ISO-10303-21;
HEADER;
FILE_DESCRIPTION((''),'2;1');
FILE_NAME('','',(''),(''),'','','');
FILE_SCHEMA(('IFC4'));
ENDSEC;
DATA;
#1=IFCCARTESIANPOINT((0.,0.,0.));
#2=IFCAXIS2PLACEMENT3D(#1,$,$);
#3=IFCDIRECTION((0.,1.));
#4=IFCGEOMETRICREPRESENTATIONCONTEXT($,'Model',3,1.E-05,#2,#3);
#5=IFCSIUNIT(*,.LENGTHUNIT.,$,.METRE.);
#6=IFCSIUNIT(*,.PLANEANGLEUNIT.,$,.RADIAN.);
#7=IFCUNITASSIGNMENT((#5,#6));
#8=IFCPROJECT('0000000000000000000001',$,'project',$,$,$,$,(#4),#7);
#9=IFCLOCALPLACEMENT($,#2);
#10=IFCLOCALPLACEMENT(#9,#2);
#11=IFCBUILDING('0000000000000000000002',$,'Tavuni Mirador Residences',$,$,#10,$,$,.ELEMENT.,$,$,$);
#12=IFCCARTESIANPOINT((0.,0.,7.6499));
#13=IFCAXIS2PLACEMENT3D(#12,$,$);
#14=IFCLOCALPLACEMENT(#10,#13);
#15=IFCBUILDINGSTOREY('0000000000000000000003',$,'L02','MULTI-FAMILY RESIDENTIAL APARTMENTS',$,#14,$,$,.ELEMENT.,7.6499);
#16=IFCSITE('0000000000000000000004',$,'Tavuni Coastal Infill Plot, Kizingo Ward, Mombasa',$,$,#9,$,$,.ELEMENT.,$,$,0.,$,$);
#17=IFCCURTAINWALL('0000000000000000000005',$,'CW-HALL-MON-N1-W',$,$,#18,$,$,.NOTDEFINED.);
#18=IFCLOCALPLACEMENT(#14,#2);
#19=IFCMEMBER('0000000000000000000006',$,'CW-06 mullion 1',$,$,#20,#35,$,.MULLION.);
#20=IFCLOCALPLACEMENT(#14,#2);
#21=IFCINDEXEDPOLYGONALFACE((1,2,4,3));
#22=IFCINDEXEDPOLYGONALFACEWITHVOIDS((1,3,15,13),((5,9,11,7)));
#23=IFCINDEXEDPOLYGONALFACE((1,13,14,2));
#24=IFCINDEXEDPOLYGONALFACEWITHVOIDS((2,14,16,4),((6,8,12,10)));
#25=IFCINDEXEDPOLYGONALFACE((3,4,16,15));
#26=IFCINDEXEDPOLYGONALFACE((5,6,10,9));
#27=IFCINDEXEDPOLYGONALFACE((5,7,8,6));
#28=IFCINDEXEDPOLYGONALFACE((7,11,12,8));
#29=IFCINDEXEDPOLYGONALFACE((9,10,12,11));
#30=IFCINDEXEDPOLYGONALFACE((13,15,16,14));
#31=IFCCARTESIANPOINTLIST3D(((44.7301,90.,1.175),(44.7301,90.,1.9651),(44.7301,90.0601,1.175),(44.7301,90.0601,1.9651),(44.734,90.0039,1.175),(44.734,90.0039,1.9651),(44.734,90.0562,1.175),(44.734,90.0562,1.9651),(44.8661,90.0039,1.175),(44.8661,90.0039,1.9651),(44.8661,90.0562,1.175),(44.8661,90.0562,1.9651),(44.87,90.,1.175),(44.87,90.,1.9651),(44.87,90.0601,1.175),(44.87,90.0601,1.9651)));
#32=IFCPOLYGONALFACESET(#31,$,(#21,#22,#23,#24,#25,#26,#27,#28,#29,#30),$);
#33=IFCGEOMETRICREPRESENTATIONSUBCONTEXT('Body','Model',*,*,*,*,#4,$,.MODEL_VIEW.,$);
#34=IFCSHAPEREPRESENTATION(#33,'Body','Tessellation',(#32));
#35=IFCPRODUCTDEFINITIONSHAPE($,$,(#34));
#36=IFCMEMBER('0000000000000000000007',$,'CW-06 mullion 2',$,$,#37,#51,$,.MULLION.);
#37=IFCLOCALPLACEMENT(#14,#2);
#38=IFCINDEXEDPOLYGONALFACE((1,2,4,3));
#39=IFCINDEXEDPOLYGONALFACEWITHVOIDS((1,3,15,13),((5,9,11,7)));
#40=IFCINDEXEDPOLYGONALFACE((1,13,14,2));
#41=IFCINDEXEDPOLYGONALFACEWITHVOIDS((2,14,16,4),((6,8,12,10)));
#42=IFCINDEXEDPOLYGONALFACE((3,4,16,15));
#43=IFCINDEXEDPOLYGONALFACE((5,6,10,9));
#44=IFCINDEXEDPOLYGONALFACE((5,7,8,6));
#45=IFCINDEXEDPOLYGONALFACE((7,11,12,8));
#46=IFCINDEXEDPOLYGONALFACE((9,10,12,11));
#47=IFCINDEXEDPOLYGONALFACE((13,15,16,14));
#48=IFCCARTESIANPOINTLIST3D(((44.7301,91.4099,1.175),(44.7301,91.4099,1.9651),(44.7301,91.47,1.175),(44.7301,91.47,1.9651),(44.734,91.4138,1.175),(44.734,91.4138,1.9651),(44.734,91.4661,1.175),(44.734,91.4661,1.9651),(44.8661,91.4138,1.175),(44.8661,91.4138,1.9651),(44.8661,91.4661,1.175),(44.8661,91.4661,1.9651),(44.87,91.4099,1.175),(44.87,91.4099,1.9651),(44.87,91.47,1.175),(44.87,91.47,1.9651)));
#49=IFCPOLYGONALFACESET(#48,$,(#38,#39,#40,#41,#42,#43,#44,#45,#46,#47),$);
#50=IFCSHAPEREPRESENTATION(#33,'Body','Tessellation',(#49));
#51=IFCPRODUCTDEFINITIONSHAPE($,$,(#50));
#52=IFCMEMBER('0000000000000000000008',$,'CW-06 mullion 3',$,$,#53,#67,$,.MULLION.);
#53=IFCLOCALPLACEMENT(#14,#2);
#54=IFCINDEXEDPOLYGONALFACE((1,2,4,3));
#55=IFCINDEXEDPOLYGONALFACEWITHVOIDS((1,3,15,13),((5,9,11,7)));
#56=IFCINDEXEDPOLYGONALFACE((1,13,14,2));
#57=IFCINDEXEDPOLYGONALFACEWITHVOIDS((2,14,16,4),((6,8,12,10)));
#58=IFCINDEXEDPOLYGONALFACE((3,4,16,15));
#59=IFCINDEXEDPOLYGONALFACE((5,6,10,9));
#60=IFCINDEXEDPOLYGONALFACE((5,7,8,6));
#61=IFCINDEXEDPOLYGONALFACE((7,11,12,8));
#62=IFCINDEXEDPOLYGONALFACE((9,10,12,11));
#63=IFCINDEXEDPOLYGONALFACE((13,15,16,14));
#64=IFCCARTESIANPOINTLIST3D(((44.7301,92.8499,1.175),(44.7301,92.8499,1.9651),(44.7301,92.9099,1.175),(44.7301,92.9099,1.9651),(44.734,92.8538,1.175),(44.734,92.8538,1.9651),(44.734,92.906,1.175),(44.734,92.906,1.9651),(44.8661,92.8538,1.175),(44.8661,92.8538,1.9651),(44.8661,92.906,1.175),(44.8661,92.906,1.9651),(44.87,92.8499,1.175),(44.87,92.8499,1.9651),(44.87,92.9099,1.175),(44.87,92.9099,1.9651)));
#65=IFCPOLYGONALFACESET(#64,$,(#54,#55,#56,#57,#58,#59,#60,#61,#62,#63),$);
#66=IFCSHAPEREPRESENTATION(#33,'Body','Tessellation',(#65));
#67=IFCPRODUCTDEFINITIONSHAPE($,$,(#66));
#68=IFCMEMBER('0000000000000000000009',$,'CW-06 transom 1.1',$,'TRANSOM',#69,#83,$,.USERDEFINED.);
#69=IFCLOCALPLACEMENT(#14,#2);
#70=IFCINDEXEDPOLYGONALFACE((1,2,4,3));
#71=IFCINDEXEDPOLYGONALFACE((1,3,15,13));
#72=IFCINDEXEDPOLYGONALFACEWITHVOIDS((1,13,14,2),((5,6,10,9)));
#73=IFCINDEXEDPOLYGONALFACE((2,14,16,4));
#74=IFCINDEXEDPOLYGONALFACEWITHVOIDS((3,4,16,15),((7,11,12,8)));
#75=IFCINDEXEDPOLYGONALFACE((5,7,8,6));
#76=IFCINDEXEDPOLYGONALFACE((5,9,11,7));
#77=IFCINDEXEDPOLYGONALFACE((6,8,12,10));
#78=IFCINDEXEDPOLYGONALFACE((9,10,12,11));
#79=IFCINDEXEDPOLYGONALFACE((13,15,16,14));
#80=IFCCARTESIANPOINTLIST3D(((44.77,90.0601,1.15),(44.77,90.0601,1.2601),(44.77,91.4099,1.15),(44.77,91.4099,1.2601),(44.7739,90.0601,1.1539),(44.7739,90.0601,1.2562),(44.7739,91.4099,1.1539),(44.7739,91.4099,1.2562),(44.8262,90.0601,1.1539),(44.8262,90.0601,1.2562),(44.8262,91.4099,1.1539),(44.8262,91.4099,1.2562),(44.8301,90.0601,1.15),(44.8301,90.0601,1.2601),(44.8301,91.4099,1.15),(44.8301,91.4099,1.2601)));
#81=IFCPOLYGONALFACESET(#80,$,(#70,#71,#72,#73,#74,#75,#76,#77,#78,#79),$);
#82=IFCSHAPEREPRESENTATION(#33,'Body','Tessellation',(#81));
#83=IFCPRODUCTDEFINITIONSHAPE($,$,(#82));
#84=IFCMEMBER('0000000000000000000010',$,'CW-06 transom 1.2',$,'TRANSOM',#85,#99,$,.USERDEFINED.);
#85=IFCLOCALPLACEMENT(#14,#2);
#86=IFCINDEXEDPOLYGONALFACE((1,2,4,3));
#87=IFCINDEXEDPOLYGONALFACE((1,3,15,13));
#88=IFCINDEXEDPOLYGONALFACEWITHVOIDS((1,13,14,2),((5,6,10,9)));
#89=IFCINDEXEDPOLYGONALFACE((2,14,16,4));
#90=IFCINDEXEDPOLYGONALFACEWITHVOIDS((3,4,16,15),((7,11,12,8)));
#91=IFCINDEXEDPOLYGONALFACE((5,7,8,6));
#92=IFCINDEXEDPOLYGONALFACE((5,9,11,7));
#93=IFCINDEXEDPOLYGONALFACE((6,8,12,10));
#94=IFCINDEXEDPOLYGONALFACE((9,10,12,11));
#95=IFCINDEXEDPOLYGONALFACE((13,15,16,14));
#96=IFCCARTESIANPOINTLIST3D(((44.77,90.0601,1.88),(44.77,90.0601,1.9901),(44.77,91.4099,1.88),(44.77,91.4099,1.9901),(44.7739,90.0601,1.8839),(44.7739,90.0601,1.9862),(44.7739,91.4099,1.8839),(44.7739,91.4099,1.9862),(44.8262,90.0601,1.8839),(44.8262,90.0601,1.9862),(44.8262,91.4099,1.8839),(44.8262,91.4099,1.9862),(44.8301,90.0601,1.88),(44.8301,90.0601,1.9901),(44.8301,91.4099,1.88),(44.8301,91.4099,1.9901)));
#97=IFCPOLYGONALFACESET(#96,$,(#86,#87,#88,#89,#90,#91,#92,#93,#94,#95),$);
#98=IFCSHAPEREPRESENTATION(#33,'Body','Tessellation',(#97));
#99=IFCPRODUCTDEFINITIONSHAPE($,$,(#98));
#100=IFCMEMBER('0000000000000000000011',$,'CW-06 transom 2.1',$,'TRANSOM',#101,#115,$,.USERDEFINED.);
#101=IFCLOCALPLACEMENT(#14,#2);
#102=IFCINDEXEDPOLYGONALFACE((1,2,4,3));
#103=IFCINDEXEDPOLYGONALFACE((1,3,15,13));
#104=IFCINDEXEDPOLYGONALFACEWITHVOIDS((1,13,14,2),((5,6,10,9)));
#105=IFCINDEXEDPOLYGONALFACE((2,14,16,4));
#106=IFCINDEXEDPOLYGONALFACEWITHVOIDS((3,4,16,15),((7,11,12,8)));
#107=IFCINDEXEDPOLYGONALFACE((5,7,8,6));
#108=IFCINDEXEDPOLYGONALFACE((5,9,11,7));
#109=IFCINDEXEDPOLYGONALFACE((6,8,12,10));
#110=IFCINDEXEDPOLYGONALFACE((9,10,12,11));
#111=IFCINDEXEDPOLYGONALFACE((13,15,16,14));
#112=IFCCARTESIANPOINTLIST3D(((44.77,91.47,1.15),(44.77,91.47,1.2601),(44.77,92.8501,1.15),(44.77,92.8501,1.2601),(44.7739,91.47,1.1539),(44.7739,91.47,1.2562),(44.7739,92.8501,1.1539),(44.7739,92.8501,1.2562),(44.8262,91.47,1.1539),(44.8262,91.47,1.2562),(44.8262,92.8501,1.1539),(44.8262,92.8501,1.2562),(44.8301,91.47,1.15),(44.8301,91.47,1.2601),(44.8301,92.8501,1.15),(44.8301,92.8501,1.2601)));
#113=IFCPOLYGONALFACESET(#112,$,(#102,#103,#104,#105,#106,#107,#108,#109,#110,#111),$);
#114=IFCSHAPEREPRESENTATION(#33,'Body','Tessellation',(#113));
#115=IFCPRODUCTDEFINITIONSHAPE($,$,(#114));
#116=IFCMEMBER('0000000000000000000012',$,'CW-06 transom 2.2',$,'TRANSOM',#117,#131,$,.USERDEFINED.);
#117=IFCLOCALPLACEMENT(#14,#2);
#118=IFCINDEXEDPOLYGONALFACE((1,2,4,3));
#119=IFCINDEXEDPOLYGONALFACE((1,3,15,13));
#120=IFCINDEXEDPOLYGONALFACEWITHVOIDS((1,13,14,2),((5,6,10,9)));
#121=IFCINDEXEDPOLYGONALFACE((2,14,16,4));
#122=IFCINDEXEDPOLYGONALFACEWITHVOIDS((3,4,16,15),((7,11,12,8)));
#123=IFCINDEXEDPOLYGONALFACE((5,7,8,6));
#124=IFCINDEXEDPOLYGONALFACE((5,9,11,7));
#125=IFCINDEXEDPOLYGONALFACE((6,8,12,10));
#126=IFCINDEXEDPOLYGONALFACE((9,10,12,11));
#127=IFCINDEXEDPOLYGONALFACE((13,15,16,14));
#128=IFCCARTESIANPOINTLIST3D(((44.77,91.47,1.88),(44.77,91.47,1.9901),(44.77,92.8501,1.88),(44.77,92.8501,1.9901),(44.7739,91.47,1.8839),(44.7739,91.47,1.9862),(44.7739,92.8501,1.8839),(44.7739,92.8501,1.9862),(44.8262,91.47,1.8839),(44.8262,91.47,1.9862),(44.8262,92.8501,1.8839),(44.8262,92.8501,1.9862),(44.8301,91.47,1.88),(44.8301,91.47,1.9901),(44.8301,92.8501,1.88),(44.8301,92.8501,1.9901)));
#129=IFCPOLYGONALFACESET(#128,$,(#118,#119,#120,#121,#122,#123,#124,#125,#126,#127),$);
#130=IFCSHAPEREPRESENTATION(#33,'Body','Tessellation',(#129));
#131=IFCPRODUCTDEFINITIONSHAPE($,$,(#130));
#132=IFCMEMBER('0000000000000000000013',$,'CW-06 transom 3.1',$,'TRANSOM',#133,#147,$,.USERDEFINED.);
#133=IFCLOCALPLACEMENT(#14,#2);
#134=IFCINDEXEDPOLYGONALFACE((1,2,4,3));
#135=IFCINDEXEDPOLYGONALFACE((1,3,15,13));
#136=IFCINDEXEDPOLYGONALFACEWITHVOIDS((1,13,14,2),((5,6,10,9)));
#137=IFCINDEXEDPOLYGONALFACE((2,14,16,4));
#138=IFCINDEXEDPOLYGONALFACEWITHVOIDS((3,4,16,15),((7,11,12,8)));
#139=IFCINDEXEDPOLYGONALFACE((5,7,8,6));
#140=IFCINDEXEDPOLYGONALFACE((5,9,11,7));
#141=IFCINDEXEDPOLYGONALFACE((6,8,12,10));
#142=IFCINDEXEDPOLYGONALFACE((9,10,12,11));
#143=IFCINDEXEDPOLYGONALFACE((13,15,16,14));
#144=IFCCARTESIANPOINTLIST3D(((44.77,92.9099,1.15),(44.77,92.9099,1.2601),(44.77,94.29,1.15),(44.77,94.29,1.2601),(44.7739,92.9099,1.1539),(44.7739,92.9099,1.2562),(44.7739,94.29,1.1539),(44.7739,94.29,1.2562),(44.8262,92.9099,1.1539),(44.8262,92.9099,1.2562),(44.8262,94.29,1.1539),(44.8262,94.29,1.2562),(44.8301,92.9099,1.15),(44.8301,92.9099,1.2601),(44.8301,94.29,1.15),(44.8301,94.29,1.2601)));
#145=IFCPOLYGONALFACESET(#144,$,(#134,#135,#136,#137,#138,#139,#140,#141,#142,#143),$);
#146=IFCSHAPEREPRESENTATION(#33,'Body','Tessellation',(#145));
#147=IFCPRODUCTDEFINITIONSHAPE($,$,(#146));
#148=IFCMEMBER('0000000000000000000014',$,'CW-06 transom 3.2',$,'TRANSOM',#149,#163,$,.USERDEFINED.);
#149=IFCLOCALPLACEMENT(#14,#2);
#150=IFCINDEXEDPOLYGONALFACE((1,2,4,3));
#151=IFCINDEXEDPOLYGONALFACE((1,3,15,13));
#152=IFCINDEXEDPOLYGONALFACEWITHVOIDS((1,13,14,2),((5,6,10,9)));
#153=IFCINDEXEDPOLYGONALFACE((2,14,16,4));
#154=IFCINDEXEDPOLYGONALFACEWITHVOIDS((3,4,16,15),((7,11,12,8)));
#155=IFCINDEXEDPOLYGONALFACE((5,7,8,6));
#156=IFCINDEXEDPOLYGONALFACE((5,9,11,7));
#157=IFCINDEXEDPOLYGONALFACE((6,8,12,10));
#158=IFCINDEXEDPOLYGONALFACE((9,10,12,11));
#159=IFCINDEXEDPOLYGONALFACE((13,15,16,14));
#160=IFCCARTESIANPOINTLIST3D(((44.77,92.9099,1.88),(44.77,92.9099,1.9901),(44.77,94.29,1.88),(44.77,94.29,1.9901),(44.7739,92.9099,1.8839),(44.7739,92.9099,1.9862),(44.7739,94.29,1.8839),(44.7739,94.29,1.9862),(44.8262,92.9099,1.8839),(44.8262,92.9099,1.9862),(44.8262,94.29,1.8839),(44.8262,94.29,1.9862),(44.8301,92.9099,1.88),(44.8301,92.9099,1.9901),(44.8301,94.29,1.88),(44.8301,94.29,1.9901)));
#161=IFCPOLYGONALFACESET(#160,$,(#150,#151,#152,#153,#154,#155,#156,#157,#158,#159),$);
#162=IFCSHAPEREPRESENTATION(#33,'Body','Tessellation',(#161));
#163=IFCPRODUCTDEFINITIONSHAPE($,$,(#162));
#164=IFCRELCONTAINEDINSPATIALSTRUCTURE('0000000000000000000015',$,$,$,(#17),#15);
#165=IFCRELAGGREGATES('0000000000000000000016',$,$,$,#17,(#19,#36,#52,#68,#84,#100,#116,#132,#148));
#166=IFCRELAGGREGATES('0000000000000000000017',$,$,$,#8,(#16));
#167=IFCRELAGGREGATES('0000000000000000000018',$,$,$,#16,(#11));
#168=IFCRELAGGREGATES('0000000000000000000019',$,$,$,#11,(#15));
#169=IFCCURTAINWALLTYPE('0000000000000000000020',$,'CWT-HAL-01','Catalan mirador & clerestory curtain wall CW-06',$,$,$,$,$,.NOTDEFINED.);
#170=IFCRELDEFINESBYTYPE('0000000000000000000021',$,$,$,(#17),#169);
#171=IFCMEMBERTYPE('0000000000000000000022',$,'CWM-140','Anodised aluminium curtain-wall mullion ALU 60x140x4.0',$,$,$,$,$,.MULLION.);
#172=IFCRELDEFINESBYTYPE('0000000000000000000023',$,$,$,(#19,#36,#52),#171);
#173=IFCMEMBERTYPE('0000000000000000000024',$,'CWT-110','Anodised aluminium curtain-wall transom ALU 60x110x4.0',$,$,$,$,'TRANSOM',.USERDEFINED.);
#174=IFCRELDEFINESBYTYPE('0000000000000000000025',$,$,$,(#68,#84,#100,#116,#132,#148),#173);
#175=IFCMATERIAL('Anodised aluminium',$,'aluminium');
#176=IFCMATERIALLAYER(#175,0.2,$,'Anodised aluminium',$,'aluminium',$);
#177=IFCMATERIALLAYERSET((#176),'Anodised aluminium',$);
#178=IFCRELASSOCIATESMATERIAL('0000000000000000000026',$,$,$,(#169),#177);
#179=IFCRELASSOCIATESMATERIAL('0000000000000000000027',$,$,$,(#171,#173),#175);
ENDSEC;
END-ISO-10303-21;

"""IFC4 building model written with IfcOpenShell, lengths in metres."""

from ifc_helpers import new_model, si_unit, direction, frame, origin, origin_2d, place, context, subcontext, project, spatial, hollow_rectangle, extrude, material, layer, layer_set, material_profile, profile_set, type_object, element, aggregate, save


model = new_model("IFC4")

# Units and contexts
model_context = context("Model", 3, precision=1e-05, world=origin(), true_north=direction((0.0, 1.0)))
body_context = subcontext(model_context, "Body", "Model", "MODEL_VIEW")
ifc_project = project(units=[si_unit("LENGTHUNIT", "METRE"), si_unit("PLANEANGLEUNIT", "RADIAN")], contexts=[model_context])

# Site, building, storey
site_placement = place(None, origin())
site = spatial("IfcSite", under=ifc_project, at=site_placement, Name="Tavuni Coastal Infill Plot, Kizingo Ward, Mombasa", CompositionType="ELEMENT", RefElevation=0.0)
building_placement = place(site_placement, origin())
building = spatial("IfcBuilding", under=site, at=building_placement, Name="Tavuni Mirador Residences", CompositionType="ELEMENT")
storey_placement = place(building_placement, frame((0.0, 0.0, 7.6499)))
storey = spatial("IfcBuildingStorey", under=building, at=storey_placement, Name="L02", Description="MULTI-FAMILY RESIDENTIAL APARTMENTS", CompositionType="ELEMENT", Elevation=7.6499)

# Curtain wall, members
ifc_material_1 = material(Name="Anodised aluminium", Category="aluminium")
ifc_layer_1 = layer(ifc_material_1, 0.2, Name="Anodised aluminium", Category="aluminium")
ifc_layer_set_1 = layer_set([ifc_layer_1], Name="Anodised aluminium")
curtain_wall_type = type_object("IfcCurtainWallType", Name="CWT-HAL-01", Description="Catalan mirador & clerestory curtain wall CW-06", PredefinedType="NOTDEFINED", material=ifc_layer_set_1)
curtain_wall_placement = place(storey_placement, origin())
curtain_wall = element("IfcCurtainWall", 1, at=curtain_wall_placement, inside=storey, type_object=curtain_wall_type, Name="CW-HALL-MON-N1-W", PredefinedType="NOTDEFINED")
ifc_material_profile_1 = material_profile(ifc_material_1, hollow_rectangle(XDim=0.0601, YDim=0.1399, WallThickness=0.0039, at=origin_2d()), Name="ALU 60x140x4.0", Category="aluminium")
ifc_profile_set_1 = profile_set([ifc_material_profile_1], Name="Anodised aluminium")
member_type_1 = type_object("IfcMemberType", Name="CWM-140", Description="Anodised aluminium curtain-wall mullion ALU 60x140x4.0", PredefinedType="MULLION", material=ifc_profile_set_1)
member_1_placement = place(storey_placement, frame((44.8, 90.03, 1.175), z_axis=(0.0, 0.0, 1.0), x_axis=(0.0, 1.0, 0.0)))
member_1 = element("IfcMember", 2, at=member_1_placement, type_object=member_type_1, Name="CW-06 mullion 1", PredefinedType="MULLION", context=body_context, shape_type="SweptSolid", body=[
    extrude(hollow_rectangle(XDim=0.0601, YDim=0.1399, WallThickness=0.0039, at=origin_2d()), origin(), (0.0, 0.0, 1.0), 0.79),
])
member_2_placement = place(storey_placement, frame((44.8, 91.4399, 1.175), z_axis=(0.0, 0.0, 1.0), x_axis=(0.0, 1.0, 0.0)))
member_2 = element("IfcMember", 3, at=member_2_placement, type_object=member_type_1, Name="CW-06 mullion 2", PredefinedType="MULLION", context=body_context, shape_type="SweptSolid", body=[
    extrude(hollow_rectangle(XDim=0.0601, YDim=0.1399, WallThickness=0.0039, at=origin_2d()), origin(), (0.0, 0.0, 1.0), 0.79),
])
member_3_placement = place(storey_placement, frame((44.8, 92.8799, 1.175), z_axis=(0.0, 0.0, 1.0), x_axis=(0.0, 1.0, 0.0)))
member_3 = element("IfcMember", 4, at=member_3_placement, type_object=member_type_1, Name="CW-06 mullion 3", PredefinedType="MULLION", context=body_context, shape_type="SweptSolid", body=[
    extrude(hollow_rectangle(XDim=0.0601, YDim=0.1399, WallThickness=0.0039, at=origin_2d()), origin(), (0.0, 0.0, 1.0), 0.79),
])
ifc_material_profile_2 = material_profile(ifc_material_1, hollow_rectangle(XDim=0.0601, YDim=0.1101, WallThickness=0.0039, at=origin_2d()), Name="ALU 60x110x4.0", Category="aluminium")
ifc_profile_set_2 = profile_set([ifc_material_profile_2], Name="Anodised aluminium")
member_type_2 = type_object("IfcMemberType", Name="CWT-110", Description="Anodised aluminium curtain-wall transom ALU 60x110x4.0", ElementType="TRANSOM", PredefinedType="USERDEFINED", material=ifc_profile_set_2)
member_4_placement = place(storey_placement, frame((44.8, 90.0601, 1.2051), z_axis=(0.0, 1.0, 0.0), x_axis=(-1.0, 0.0, 0.0)))
member_4 = element("IfcMember", 5, at=member_4_placement, type_object=member_type_2, Name="CW-06 transom 1.1", ObjectType="TRANSOM", PredefinedType="USERDEFINED", context=body_context, shape_type="SweptSolid", body=[
    extrude(hollow_rectangle(XDim=0.0601, YDim=0.1101, WallThickness=0.0039, at=origin_2d()), origin(), (0.0, 0.0, 1.0), 1.3499),
])
member_5_placement = place(storey_placement, frame((44.8, 90.0601, 1.9351), z_axis=(0.0, 1.0, 0.0), x_axis=(-1.0, 0.0, 0.0)))
member_5 = element("IfcMember", 6, at=member_5_placement, type_object=member_type_2, Name="CW-06 transom 1.2", ObjectType="TRANSOM", PredefinedType="USERDEFINED", context=body_context, shape_type="SweptSolid", body=[
    extrude(hollow_rectangle(XDim=0.0601, YDim=0.1101, WallThickness=0.0039, at=origin_2d()), origin(), (0.0, 0.0, 1.0), 1.3499),
])
member_6_placement = place(storey_placement, frame((44.8, 91.47, 1.2051), z_axis=(0.0, 1.0, 0.0), x_axis=(-1.0, 0.0, 0.0)))
member_6 = element("IfcMember", 7, at=member_6_placement, type_object=member_type_2, Name="CW-06 transom 2.1", ObjectType="TRANSOM", PredefinedType="USERDEFINED", context=body_context, shape_type="SweptSolid", body=[
    extrude(hollow_rectangle(XDim=0.0601, YDim=0.1101, WallThickness=0.0039, at=origin_2d()), origin(), (0.0, 0.0, 1.0), 1.3801),
])
member_7_placement = place(storey_placement, frame((44.8, 91.47, 1.9351), z_axis=(0.0, 1.0, 0.0), x_axis=(-1.0, 0.0, 0.0)))
member_7 = element("IfcMember", 8, at=member_7_placement, type_object=member_type_2, Name="CW-06 transom 2.2", ObjectType="TRANSOM", PredefinedType="USERDEFINED", context=body_context, shape_type="SweptSolid", body=[
    extrude(hollow_rectangle(XDim=0.0601, YDim=0.1101, WallThickness=0.0039, at=origin_2d()), origin(), (0.0, 0.0, 1.0), 1.3801),
])
member_8_placement = place(storey_placement, frame((44.8, 92.9099, 1.2051), z_axis=(0.0, 1.0, 0.0), x_axis=(-1.0, 0.0, 0.0)))
member_8 = element("IfcMember", 9, at=member_8_placement, type_object=member_type_2, Name="CW-06 transom 3.1", ObjectType="TRANSOM", PredefinedType="USERDEFINED", context=body_context, shape_type="SweptSolid", body=[
    extrude(hollow_rectangle(XDim=0.0601, YDim=0.1101, WallThickness=0.0039, at=origin_2d()), origin(), (0.0, 0.0, 1.0), 1.3801),
])
member_9_placement = place(storey_placement, frame((44.8, 92.9099, 1.9351), z_axis=(0.0, 1.0, 0.0), x_axis=(-1.0, 0.0, 0.0)))
member_9 = element("IfcMember", 10, at=member_9_placement, type_object=member_type_2, Name="CW-06 transom 3.2", ObjectType="TRANSOM", PredefinedType="USERDEFINED", context=body_context, shape_type="SweptSolid", body=[
    extrude(hollow_rectangle(XDim=0.0601, YDim=0.1101, WallThickness=0.0039, at=origin_2d()), origin(), (0.0, 0.0, 1.0), 1.3801),
])

aggregate(curtain_wall, [member_1, member_2, member_3, member_4, member_5, member_6, member_7, member_8, member_9])

save(model, "model.ifc")
